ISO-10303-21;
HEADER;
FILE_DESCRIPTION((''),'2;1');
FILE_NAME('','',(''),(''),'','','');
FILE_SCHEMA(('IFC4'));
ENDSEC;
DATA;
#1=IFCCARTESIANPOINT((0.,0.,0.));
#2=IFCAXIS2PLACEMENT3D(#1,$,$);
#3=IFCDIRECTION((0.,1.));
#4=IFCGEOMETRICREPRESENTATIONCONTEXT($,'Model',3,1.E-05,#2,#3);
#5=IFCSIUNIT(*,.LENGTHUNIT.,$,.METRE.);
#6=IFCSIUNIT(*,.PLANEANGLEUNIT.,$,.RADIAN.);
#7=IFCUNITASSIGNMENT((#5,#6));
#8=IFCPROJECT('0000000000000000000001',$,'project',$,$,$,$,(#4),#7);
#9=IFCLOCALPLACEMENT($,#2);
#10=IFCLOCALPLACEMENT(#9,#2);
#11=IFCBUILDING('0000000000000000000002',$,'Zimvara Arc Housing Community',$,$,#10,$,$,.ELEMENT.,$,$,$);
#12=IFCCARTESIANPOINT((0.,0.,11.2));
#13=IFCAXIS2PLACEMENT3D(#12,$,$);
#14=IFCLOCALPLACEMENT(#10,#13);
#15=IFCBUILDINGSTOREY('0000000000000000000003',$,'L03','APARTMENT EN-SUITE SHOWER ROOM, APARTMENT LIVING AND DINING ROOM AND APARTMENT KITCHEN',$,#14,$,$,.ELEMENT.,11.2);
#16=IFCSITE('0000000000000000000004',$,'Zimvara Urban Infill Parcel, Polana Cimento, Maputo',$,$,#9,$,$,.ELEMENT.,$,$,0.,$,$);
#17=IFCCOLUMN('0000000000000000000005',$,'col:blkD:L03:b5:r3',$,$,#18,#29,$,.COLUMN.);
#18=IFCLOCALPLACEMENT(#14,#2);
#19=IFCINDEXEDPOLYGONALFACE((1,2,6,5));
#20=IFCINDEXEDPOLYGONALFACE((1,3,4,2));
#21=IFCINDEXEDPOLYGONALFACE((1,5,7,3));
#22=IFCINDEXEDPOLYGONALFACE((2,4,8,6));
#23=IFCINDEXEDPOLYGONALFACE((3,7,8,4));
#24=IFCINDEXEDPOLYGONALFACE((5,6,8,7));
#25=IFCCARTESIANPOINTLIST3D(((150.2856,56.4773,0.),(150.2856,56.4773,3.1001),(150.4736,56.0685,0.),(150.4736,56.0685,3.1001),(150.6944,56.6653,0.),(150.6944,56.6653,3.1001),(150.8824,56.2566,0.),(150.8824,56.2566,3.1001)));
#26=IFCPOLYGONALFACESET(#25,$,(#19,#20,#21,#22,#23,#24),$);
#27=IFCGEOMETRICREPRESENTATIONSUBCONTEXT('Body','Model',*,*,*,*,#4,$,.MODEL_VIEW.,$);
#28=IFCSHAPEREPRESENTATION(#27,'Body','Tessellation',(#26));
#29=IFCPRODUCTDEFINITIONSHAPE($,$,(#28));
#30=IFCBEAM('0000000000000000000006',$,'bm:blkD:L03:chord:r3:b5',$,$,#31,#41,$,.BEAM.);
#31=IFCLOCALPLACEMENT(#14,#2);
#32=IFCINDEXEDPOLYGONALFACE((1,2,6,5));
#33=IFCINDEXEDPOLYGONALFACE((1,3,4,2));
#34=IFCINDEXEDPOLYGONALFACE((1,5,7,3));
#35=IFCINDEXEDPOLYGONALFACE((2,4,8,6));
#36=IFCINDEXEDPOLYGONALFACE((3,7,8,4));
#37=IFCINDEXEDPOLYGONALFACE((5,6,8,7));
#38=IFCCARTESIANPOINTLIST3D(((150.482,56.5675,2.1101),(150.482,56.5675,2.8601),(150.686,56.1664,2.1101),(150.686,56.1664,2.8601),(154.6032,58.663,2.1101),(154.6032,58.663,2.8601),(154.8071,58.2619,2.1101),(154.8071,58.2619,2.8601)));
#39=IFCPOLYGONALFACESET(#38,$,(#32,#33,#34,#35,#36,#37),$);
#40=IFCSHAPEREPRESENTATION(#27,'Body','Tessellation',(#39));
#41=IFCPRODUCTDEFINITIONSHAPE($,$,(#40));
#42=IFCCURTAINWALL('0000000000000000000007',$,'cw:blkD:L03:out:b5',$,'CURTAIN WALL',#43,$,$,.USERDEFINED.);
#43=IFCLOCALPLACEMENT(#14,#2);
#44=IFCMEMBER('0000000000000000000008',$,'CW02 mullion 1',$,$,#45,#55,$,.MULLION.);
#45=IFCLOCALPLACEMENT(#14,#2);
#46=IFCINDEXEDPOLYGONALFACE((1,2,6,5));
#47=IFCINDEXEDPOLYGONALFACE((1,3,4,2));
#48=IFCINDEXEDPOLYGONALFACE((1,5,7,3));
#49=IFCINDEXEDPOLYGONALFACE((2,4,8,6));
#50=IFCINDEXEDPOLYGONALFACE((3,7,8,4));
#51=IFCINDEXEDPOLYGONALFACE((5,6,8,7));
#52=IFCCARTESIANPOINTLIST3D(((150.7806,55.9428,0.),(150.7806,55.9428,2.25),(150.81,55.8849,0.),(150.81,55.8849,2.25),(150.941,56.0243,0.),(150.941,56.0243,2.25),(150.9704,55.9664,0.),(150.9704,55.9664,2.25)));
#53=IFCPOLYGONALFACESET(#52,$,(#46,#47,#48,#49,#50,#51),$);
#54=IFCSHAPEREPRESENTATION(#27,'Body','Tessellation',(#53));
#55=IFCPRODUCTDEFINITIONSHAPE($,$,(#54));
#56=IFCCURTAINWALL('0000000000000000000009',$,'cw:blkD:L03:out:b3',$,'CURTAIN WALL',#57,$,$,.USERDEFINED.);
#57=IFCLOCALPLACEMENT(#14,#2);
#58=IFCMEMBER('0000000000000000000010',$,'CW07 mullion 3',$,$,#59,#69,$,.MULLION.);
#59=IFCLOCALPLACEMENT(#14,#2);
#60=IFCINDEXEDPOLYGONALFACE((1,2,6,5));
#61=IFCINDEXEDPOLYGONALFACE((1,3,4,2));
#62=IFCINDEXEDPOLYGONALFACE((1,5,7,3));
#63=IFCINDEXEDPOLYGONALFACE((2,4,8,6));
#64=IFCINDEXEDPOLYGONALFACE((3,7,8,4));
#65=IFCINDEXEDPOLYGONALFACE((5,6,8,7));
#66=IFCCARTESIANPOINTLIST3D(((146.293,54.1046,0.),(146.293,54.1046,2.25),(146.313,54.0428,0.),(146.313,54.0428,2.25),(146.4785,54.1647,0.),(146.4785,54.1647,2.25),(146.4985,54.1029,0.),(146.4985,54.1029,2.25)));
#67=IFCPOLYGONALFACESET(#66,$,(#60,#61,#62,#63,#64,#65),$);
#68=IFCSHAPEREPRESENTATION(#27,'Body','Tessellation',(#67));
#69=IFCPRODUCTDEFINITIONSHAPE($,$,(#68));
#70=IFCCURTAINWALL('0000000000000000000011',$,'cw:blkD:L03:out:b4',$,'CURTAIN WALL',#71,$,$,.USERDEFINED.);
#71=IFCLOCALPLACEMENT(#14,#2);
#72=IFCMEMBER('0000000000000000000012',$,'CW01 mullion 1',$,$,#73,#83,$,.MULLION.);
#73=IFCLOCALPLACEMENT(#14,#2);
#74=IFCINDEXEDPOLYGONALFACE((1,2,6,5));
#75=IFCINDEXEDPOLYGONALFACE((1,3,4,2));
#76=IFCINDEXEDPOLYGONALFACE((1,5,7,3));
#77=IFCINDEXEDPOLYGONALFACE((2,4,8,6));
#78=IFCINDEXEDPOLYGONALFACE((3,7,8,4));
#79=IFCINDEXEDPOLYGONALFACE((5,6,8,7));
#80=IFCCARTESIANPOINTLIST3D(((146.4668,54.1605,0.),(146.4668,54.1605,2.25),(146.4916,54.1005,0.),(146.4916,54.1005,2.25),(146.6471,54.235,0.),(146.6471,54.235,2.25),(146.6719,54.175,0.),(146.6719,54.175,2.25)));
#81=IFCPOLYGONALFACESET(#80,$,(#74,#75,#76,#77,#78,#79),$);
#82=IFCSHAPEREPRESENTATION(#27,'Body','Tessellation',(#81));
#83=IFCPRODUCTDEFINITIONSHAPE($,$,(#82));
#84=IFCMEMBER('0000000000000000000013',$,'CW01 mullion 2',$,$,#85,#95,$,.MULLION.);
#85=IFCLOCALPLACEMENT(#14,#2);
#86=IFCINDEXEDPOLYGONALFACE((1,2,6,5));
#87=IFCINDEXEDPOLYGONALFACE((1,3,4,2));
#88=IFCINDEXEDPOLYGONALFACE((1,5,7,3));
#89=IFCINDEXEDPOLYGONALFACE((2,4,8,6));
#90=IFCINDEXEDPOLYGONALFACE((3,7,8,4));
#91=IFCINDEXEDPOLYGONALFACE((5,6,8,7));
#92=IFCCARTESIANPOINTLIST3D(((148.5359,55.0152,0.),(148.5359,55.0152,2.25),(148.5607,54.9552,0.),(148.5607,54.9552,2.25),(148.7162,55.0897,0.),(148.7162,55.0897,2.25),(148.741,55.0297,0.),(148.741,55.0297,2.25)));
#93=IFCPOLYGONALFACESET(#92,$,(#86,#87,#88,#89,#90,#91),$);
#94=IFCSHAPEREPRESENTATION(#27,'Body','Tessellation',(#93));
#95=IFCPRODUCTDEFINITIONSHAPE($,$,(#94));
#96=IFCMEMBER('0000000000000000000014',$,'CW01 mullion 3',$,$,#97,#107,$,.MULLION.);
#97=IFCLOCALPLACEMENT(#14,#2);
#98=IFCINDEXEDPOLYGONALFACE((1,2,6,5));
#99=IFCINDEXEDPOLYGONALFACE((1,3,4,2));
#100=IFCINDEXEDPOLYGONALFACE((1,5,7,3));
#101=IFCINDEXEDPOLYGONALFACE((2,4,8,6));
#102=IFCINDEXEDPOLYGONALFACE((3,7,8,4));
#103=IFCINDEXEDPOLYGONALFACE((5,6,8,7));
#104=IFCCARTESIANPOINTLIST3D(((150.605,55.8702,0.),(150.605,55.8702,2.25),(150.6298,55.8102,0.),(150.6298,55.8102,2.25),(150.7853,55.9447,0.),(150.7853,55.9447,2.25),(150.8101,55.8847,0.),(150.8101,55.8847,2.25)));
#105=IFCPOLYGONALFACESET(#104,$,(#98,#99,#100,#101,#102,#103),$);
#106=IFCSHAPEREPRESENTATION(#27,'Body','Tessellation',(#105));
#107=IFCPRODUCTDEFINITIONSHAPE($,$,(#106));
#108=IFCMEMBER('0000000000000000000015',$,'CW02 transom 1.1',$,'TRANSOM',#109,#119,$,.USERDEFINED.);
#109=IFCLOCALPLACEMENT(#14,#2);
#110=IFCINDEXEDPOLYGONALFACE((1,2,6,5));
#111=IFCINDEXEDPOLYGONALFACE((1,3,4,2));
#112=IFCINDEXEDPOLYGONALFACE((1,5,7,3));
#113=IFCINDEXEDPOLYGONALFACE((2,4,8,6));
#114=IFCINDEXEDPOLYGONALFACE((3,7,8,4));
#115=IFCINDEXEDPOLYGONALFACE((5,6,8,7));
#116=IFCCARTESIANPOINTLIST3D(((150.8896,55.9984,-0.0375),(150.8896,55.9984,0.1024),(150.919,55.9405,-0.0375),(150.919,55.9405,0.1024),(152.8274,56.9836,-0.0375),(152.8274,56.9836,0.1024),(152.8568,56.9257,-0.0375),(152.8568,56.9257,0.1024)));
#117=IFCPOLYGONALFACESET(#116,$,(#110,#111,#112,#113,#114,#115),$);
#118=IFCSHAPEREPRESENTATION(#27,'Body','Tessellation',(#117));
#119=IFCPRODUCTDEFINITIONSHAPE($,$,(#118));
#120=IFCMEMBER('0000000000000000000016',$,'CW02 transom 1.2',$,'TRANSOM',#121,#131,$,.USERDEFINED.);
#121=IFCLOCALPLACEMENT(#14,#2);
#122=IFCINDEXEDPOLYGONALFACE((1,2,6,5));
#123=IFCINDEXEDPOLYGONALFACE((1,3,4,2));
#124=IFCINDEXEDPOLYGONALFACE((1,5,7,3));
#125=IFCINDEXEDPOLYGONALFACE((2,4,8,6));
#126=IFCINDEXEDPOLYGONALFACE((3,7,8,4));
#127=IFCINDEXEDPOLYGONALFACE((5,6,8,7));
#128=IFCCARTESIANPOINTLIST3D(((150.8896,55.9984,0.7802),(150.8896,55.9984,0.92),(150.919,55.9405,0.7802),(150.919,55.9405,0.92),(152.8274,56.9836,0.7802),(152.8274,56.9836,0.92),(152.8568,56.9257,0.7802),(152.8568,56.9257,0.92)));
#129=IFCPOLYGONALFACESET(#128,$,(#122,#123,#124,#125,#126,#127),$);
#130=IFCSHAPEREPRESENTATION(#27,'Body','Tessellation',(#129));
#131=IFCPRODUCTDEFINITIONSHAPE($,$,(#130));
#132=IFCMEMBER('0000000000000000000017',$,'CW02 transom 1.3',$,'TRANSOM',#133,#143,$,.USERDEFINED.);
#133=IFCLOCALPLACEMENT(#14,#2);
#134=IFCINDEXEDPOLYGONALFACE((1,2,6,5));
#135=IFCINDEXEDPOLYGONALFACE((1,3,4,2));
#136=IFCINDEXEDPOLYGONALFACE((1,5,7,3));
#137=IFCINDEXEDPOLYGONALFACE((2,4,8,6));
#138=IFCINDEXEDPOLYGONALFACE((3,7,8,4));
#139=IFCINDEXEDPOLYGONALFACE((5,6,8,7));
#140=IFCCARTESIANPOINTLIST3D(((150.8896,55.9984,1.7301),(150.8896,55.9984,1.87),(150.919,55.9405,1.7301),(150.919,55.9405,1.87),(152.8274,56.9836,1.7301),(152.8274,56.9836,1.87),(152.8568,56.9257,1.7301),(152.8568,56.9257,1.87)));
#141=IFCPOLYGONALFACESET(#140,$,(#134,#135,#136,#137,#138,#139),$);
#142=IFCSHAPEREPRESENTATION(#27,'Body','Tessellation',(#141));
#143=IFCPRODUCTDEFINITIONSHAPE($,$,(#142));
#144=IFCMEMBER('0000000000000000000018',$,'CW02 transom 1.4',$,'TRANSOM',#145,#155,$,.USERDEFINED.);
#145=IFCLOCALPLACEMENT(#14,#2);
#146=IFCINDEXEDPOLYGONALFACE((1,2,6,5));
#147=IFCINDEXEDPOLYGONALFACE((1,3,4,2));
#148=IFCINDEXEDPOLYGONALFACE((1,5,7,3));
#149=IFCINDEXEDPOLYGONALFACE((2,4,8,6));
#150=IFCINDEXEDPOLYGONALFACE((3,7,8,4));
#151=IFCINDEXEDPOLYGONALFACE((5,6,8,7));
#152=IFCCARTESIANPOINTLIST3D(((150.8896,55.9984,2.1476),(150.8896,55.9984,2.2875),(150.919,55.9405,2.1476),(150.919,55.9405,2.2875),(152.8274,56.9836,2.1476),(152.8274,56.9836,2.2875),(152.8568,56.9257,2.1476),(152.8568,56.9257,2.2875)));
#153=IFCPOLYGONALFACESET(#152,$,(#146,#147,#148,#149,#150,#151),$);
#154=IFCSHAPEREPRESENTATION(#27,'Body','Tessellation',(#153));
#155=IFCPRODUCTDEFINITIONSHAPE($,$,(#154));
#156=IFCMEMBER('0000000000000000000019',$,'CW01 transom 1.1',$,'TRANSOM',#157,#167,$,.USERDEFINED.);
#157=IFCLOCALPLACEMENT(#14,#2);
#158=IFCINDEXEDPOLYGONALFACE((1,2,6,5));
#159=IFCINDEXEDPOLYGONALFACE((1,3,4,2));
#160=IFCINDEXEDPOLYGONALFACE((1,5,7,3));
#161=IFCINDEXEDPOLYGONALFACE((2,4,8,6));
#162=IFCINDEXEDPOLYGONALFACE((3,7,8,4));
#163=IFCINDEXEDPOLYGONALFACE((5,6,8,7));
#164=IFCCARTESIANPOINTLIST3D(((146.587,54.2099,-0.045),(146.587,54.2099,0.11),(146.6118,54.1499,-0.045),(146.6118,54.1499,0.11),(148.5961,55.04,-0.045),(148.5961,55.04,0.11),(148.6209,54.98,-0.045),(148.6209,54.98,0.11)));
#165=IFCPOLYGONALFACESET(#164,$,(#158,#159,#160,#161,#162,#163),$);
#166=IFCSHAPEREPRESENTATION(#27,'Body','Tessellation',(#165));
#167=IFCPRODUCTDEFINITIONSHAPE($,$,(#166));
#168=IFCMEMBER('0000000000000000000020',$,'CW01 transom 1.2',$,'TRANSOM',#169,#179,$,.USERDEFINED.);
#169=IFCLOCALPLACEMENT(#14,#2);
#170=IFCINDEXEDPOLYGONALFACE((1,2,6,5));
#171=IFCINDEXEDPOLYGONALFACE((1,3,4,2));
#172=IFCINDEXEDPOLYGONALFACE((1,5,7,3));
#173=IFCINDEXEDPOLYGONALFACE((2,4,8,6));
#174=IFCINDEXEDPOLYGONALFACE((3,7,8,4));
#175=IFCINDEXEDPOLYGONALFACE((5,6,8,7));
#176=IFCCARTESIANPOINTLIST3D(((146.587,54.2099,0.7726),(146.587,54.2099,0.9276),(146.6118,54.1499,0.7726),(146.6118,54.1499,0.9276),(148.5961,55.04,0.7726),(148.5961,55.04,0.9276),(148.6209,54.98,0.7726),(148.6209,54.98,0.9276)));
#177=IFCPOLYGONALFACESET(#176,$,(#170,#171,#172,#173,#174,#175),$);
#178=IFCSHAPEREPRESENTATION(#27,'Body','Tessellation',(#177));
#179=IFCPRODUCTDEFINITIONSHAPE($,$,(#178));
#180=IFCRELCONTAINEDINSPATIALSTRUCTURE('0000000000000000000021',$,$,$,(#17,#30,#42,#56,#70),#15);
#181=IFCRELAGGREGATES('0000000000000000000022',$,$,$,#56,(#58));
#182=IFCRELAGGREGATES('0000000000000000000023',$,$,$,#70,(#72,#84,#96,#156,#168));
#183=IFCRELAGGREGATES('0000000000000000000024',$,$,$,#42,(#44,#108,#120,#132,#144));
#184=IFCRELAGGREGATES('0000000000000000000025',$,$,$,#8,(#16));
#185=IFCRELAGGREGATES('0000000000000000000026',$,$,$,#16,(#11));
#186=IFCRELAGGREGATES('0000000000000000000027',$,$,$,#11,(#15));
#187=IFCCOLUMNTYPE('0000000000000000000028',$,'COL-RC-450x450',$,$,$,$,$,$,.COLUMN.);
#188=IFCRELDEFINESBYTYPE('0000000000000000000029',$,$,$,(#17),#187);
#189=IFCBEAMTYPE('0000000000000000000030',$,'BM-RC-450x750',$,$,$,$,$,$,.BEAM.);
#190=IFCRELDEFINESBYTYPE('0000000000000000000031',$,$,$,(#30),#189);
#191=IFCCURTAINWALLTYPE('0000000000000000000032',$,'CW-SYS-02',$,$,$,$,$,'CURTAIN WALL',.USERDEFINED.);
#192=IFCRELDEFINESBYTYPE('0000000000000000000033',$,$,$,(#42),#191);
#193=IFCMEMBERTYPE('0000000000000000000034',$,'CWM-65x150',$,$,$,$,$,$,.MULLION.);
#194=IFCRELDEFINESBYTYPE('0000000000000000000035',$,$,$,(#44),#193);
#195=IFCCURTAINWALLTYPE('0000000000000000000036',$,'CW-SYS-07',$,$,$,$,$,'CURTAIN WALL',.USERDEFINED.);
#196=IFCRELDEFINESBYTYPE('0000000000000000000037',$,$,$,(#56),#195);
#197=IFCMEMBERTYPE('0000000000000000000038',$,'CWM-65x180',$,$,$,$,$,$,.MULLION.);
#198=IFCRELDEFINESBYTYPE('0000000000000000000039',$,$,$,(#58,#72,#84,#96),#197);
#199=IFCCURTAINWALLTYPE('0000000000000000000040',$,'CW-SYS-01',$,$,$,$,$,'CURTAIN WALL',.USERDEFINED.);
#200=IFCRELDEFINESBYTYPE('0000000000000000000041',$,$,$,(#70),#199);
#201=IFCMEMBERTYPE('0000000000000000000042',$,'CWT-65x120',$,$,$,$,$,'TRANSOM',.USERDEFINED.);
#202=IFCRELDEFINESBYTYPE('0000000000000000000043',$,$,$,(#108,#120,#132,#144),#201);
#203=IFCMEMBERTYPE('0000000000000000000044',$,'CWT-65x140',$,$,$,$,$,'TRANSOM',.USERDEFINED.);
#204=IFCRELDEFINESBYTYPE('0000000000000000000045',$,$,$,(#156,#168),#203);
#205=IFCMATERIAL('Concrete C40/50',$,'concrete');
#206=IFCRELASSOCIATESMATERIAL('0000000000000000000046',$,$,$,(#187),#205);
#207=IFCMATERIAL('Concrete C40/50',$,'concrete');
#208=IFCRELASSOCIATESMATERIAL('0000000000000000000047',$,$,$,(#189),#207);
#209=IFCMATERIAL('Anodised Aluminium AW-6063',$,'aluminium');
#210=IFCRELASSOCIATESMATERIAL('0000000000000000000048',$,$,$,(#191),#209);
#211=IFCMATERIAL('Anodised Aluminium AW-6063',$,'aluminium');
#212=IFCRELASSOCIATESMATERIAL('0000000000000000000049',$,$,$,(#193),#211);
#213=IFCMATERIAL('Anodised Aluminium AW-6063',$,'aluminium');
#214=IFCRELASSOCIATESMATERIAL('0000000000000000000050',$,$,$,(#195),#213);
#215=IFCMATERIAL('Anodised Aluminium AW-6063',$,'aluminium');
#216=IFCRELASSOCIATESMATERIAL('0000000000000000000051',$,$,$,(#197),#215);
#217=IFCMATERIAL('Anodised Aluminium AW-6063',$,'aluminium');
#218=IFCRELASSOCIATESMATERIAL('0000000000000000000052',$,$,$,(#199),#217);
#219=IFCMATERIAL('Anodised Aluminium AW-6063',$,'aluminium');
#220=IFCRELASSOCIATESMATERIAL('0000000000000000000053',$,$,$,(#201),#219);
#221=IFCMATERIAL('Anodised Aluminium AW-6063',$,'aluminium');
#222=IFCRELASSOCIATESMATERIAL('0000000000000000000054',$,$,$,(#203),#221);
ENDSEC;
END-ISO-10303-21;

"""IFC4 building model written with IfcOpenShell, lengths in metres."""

from ifc_helpers import new_model, si_unit, direction, frame, origin, origin_2d, place, context, subcontext, project, spatial, rectangle, extrude, material, material_profile, profile_set, type_object, element, aggregate, save


model = new_model("IFC4")

# Units and contexts
model_context = context("Model", 3, precision=1e-05, world=origin(), true_north=direction((0.0, 1.0)))
body_context = subcontext(model_context, "Body", "Model", "MODEL_VIEW")
ifc_project = project(units=[si_unit("LENGTHUNIT", "METRE"), si_unit("PLANEANGLEUNIT", "RADIAN")], contexts=[model_context])

# Site, building, storey
site_placement = place(None, origin())
site = spatial("IfcSite", under=ifc_project, at=site_placement, Name="Zimvara Urban Infill Parcel, Polana Cimento, Maputo", CompositionType="ELEMENT", RefElevation=0.0)
building_placement = place(site_placement, origin())
building = spatial("IfcBuilding", under=site, at=building_placement, Name="Zimvara Arc Housing Community", CompositionType="ELEMENT")
storey_placement = place(building_placement, frame((0.0, 0.0, 11.2)))
storey = spatial("IfcBuildingStorey", under=building, at=storey_placement, Name="L03", Description="APARTMENT EN-SUITE SHOWER ROOM, APARTMENT LIVING AND DINING ROOM AND APARTMENT KITCHEN", CompositionType="ELEMENT", Elevation=11.2)

# Column
ifc_material_1 = material(Name="Concrete C40/50", Category="concrete")
ifc_material_profile_1 = material_profile(ifc_material_1, rectangle(XDim=0.45, YDim=0.45, at=origin_2d()), Name="RC 450x450")
ifc_profile_set_1 = profile_set([ifc_material_profile_1], Name="Concrete C40/50")
column_type = type_object("IfcColumnType", Name="COL-RC-450x450", PredefinedType="COLUMN", material=ifc_profile_set_1)
column_placement = place(storey_placement, frame((150.584, 56.3669, 0.0), z_axis=(0.0, 0.0, 1.0), x_axis=(0.417867, -0.908508, 0.0)))
element("IfcColumn", 1, at=column_placement, inside=storey, type_object=column_type, Name="col:blkD:L03:b5:r3", PredefinedType="COLUMN", context=body_context, shape_type="SweptSolid", body=[
    extrude(rectangle(XDim=0.45, YDim=0.45, at=origin_2d()), origin(), (0.0, 0.0, 1.0), 3.1001),
])

# Beam
ifc_material_2 = material(Name="Concrete C40/50", Category="concrete")
ifc_material_profile_2 = material_profile(ifc_material_2, rectangle(XDim=0.45, YDim=0.75, at=origin_2d()), Name="RC 450x750")
ifc_profile_set_2 = profile_set([ifc_material_profile_2], Name="Concrete C40/50")
beam_type = type_object("IfcBeamType", Name="BM-RC-450x750", PredefinedType="BEAM", material=ifc_profile_set_2)
beam_placement = place(storey_placement, frame((150.584, 56.3669, 2.4851), z_axis=(0.891386, 0.453245, 0.0), x_axis=(-0.453245, 0.891386, 0.0)))
element("IfcBeam", 2, at=beam_placement, inside=storey, type_object=beam_type, Name="bm:blkD:L03:chord:r3:b5", PredefinedType="BEAM", context=body_context, shape_type="SweptSolid", body=[
    extrude(rectangle(XDim=0.45, YDim=0.75, at=origin_2d()), origin(), (0.0, 0.0, 1.0), 4.6233),
])

# Curtain walls, members
ifc_material_3 = material(Name="Anodised Aluminium AW-6063", Category="aluminium")
curtain_wall_type_1 = type_object("IfcCurtainWallType", Name="CW-SYS-02", ElementType="CURTAIN WALL", PredefinedType="USERDEFINED", material=ifc_material_3)
curtain_wall_1_placement = place(storey_placement, origin())
curtain_wall_1 = element("IfcCurtainWall", 3, at=curtain_wall_1_placement, inside=storey, type_object=curtain_wall_type_1, Name="cw:blkD:L03:out:b5", ObjectType="CURTAIN WALL", PredefinedType="USERDEFINED")
ifc_material_4 = material(Name="Anodised Aluminium AW-6063", Category="aluminium")
ifc_material_profile_3 = material_profile(ifc_material_4, rectangle(XDim=0.0649, YDim=0.1799, at=origin_2d()), Name="ALU 65x180")
ifc_profile_set_3 = profile_set([ifc_material_profile_3], Name="Anodised Aluminium AW-6063")
member_type_1 = type_object("IfcMemberType", Name="CWM-65x150", PredefinedType="MULLION", material=ifc_profile_set_3)
member_1_placement = place(storey_placement, frame((150.8755, 55.9546, 0.0), z_axis=(0.0, 0.0, 1.0), x_axis=(-0.453212, 0.891403, 0.0)))
member_1 = element("IfcMember", 4, at=member_1_placement, type_object=member_type_1, Name="CW02 mullion 1", PredefinedType="MULLION", context=body_context, shape_type="SweptSolid", body=[
    extrude(rectangle(XDim=0.0649, YDim=0.1799, at=origin_2d()), origin(), (0.0, 0.0, 1.0), 2.25),
])
ifc_material_5 = material(Name="Anodised Aluminium AW-6063", Category="aluminium")
curtain_wall_type_2 = type_object("IfcCurtainWallType", Name="CW-SYS-07", ElementType="CURTAIN WALL", PredefinedType="USERDEFINED", material=ifc_material_5)
curtain_wall_2_placement = place(storey_placement, origin())
curtain_wall_2 = element("IfcCurtainWall", 5, at=curtain_wall_2_placement, inside=storey, type_object=curtain_wall_type_2, Name="cw:blkD:L03:out:b3", ObjectType="CURTAIN WALL", PredefinedType="USERDEFINED")
ifc_material_6 = material(Name="Anodised Aluminium AW-6063", Category="aluminium")
ifc_material_profile_4 = material_profile(ifc_material_6, rectangle(XDim=0.0649, YDim=0.1951, at=origin_2d()), Name="ALU 65x195")
ifc_profile_set_4 = profile_set([ifc_material_profile_4], Name="Anodised Aluminium AW-6063")
member_type_2 = type_object("IfcMemberType", Name="CWM-65x180", PredefinedType="MULLION", material=ifc_profile_set_4)
member_2_placement = place(storey_placement, frame((146.3958, 54.1038, 0.0), z_axis=(0.0, 0.0, 1.0), x_axis=(-0.308185, 0.951326, 0.0)))
member_2 = element("IfcMember", 6, at=member_2_placement, type_object=member_type_2, Name="CW07 mullion 3", PredefinedType="MULLION", context=body_context, shape_type="SweptSolid", body=[
    extrude(rectangle(XDim=0.0649, YDim=0.1951, at=origin_2d()), origin(), (0.0, 0.0, 1.0), 2.25),
])
aggregate(curtain_wall_2, [member_2])

# Curtain wall, members
ifc_material_7 = material(Name="Anodised Aluminium AW-6063", Category="aluminium")
curtain_wall_type_3 = type_object("IfcCurtainWallType", Name="CW-SYS-01", ElementType="CURTAIN WALL", PredefinedType="USERDEFINED", material=ifc_material_7)
curtain_wall_3_placement = place(storey_placement, origin())
curtain_wall_3 = element("IfcCurtainWall", 7, at=curtain_wall_3_placement, inside=storey, type_object=curtain_wall_type_3, Name="cw:blkD:L03:out:b4", ObjectType="CURTAIN WALL", PredefinedType="USERDEFINED")
member_3_placement = place(storey_placement, frame((146.5693, 54.1677, 0.0), z_axis=(0.0, 0.0, 1.0), x_axis=(-0.381876, 0.924213, 0.0)))
member_3 = element("IfcMember", 8, at=member_3_placement, type_object=member_type_2, Name="CW01 mullion 1", PredefinedType="MULLION", context=body_context, shape_type="SweptSolid", body=[
    extrude(rectangle(XDim=0.0649, YDim=0.1951, at=origin_2d()), origin(), (0.0, 0.0, 1.0), 2.25),
])
member_4_placement = place(storey_placement, frame((148.6384, 55.0225, 0.0), z_axis=(0.0, 0.0, 1.0), x_axis=(-0.381876, 0.924213, 0.0)))
member_4 = element("IfcMember", 9, at=member_4_placement, type_object=member_type_2, Name="CW01 mullion 2", PredefinedType="MULLION", context=body_context, shape_type="SweptSolid", body=[
    extrude(rectangle(XDim=0.0649, YDim=0.1951, at=origin_2d()), origin(), (0.0, 0.0, 1.0), 2.25),
])
member_5_placement = place(storey_placement, frame((150.7075, 55.8774, 0.0), z_axis=(0.0, 0.0, 1.0), x_axis=(-0.381876, 0.924213, 0.0)))
member_5 = element("IfcMember", 10, at=member_5_placement, type_object=member_type_2, Name="CW01 mullion 3", PredefinedType="MULLION", context=body_context, shape_type="SweptSolid", body=[
    extrude(rectangle(XDim=0.0649, YDim=0.1951, at=origin_2d()), origin(), (0.0, 0.0, 1.0), 2.25),
])

# Members
ifc_material_8 = material(Name="Anodised Aluminium AW-6063", Category="aluminium")
ifc_material_profile_5 = material_profile(ifc_material_8, rectangle(XDim=0.0649, YDim=0.1399, at=origin_2d()), Name="ALU 65x140")
ifc_profile_set_5 = profile_set([ifc_material_profile_5], Name="Anodised Aluminium AW-6063")
member_type_3 = type_object("IfcMemberType", Name="CWT-65x120", ElementType="TRANSOM", PredefinedType="USERDEFINED", material=ifc_profile_set_5)
member_6_placement = place(storey_placement, frame((150.9043, 55.9695, 0.0325), z_axis=(0.89142, 0.453179, 0.0), x_axis=(-0.453179, 0.89142, 0.0)))
member_6 = element("IfcMember", 11, at=member_6_placement, type_object=member_type_3, Name="CW02 transom 1.1", ObjectType="TRANSOM", PredefinedType="USERDEFINED", context=body_context, shape_type="SweptSolid", body=[
    extrude(rectangle(XDim=0.0649, YDim=0.1399, at=origin_2d()), origin(), (0.0, 0.0, 1.0), 2.1738),
])
member_7_placement = place(storey_placement, frame((150.9043, 55.9695, 0.8501), z_axis=(0.89142, 0.453179, 0.0), x_axis=(-0.453179, 0.89142, 0.0)))
member_7 = element("IfcMember", 12, at=member_7_placement, type_object=member_type_3, Name="CW02 transom 1.2", ObjectType="TRANSOM", PredefinedType="USERDEFINED", context=body_context, shape_type="SweptSolid", body=[
    extrude(rectangle(XDim=0.0649, YDim=0.1399, at=origin_2d()), origin(), (0.0, 0.0, 1.0), 2.1738),
])
member_8_placement = place(storey_placement, frame((150.9043, 55.9695, 1.8), z_axis=(0.89142, 0.453179, 0.0), x_axis=(-0.453179, 0.89142, 0.0)))
member_8 = element("IfcMember", 13, at=member_8_placement, type_object=member_type_3, Name="CW02 transom 1.3", ObjectType="TRANSOM", PredefinedType="USERDEFINED", context=body_context, shape_type="SweptSolid", body=[
    extrude(rectangle(XDim=0.0649, YDim=0.1399, at=origin_2d()), origin(), (0.0, 0.0, 1.0), 2.1738),
])
member_9_placement = place(storey_placement, frame((150.9043, 55.9695, 2.2175), z_axis=(0.89142, 0.453179, 0.0), x_axis=(-0.453179, 0.89142, 0.0)))
member_9 = element("IfcMember", 14, at=member_9_placement, type_object=member_type_3, Name="CW02 transom 1.4", ObjectType="TRANSOM", PredefinedType="USERDEFINED", context=body_context, shape_type="SweptSolid", body=[
    extrude(rectangle(XDim=0.0649, YDim=0.1399, at=origin_2d()), origin(), (0.0, 0.0, 1.0), 2.1738),
])
ifc_material_9 = material(Name="Anodised Aluminium AW-6063", Category="aluminium")
ifc_material_profile_6 = material_profile(ifc_material_9, rectangle(XDim=0.0649, YDim=0.155, at=origin_2d()), Name="ALU 65x155")
ifc_profile_set_6 = profile_set([ifc_material_profile_6], Name="Anodised Aluminium AW-6063")
member_type_4 = type_object("IfcMemberType", Name="CWT-65x140", ElementType="TRANSOM", PredefinedType="USERDEFINED", material=ifc_profile_set_6)
member_10_placement = place(storey_placement, frame((146.5994, 54.1799, 0.0325), z_axis=(0.924219, 0.381862, 0.0), x_axis=(-0.381862, 0.924219, 0.0)))
member_10 = element("IfcMember", 15, at=member_10_placement, type_object=member_type_4, Name="CW01 transom 1.1", ObjectType="TRANSOM", PredefinedType="USERDEFINED", context=body_context, shape_type="SweptSolid", body=[
    extrude(rectangle(XDim=0.0649, YDim=0.155, at=origin_2d()), origin(), (0.0, 0.0, 1.0), 2.1738),
])
member_11_placement = place(storey_placement, frame((146.5994, 54.1799, 0.8501), z_axis=(0.924219, 0.381862, 0.0), x_axis=(-0.381862, 0.924219, 0.0)))
member_11 = element("IfcMember", 16, at=member_11_placement, type_object=member_type_4, Name="CW01 transom 1.2", ObjectType="TRANSOM", PredefinedType="USERDEFINED", context=body_context, shape_type="SweptSolid", body=[
    extrude(rectangle(XDim=0.0649, YDim=0.155, at=origin_2d()), origin(), (0.0, 0.0, 1.0), 2.1738),
])

aggregate(curtain_wall_3, [member_3, member_4, member_5, member_10, member_11])
aggregate(curtain_wall_1, [member_1, member_6, member_7, member_8, member_9])

save(model, "model.ifc")
